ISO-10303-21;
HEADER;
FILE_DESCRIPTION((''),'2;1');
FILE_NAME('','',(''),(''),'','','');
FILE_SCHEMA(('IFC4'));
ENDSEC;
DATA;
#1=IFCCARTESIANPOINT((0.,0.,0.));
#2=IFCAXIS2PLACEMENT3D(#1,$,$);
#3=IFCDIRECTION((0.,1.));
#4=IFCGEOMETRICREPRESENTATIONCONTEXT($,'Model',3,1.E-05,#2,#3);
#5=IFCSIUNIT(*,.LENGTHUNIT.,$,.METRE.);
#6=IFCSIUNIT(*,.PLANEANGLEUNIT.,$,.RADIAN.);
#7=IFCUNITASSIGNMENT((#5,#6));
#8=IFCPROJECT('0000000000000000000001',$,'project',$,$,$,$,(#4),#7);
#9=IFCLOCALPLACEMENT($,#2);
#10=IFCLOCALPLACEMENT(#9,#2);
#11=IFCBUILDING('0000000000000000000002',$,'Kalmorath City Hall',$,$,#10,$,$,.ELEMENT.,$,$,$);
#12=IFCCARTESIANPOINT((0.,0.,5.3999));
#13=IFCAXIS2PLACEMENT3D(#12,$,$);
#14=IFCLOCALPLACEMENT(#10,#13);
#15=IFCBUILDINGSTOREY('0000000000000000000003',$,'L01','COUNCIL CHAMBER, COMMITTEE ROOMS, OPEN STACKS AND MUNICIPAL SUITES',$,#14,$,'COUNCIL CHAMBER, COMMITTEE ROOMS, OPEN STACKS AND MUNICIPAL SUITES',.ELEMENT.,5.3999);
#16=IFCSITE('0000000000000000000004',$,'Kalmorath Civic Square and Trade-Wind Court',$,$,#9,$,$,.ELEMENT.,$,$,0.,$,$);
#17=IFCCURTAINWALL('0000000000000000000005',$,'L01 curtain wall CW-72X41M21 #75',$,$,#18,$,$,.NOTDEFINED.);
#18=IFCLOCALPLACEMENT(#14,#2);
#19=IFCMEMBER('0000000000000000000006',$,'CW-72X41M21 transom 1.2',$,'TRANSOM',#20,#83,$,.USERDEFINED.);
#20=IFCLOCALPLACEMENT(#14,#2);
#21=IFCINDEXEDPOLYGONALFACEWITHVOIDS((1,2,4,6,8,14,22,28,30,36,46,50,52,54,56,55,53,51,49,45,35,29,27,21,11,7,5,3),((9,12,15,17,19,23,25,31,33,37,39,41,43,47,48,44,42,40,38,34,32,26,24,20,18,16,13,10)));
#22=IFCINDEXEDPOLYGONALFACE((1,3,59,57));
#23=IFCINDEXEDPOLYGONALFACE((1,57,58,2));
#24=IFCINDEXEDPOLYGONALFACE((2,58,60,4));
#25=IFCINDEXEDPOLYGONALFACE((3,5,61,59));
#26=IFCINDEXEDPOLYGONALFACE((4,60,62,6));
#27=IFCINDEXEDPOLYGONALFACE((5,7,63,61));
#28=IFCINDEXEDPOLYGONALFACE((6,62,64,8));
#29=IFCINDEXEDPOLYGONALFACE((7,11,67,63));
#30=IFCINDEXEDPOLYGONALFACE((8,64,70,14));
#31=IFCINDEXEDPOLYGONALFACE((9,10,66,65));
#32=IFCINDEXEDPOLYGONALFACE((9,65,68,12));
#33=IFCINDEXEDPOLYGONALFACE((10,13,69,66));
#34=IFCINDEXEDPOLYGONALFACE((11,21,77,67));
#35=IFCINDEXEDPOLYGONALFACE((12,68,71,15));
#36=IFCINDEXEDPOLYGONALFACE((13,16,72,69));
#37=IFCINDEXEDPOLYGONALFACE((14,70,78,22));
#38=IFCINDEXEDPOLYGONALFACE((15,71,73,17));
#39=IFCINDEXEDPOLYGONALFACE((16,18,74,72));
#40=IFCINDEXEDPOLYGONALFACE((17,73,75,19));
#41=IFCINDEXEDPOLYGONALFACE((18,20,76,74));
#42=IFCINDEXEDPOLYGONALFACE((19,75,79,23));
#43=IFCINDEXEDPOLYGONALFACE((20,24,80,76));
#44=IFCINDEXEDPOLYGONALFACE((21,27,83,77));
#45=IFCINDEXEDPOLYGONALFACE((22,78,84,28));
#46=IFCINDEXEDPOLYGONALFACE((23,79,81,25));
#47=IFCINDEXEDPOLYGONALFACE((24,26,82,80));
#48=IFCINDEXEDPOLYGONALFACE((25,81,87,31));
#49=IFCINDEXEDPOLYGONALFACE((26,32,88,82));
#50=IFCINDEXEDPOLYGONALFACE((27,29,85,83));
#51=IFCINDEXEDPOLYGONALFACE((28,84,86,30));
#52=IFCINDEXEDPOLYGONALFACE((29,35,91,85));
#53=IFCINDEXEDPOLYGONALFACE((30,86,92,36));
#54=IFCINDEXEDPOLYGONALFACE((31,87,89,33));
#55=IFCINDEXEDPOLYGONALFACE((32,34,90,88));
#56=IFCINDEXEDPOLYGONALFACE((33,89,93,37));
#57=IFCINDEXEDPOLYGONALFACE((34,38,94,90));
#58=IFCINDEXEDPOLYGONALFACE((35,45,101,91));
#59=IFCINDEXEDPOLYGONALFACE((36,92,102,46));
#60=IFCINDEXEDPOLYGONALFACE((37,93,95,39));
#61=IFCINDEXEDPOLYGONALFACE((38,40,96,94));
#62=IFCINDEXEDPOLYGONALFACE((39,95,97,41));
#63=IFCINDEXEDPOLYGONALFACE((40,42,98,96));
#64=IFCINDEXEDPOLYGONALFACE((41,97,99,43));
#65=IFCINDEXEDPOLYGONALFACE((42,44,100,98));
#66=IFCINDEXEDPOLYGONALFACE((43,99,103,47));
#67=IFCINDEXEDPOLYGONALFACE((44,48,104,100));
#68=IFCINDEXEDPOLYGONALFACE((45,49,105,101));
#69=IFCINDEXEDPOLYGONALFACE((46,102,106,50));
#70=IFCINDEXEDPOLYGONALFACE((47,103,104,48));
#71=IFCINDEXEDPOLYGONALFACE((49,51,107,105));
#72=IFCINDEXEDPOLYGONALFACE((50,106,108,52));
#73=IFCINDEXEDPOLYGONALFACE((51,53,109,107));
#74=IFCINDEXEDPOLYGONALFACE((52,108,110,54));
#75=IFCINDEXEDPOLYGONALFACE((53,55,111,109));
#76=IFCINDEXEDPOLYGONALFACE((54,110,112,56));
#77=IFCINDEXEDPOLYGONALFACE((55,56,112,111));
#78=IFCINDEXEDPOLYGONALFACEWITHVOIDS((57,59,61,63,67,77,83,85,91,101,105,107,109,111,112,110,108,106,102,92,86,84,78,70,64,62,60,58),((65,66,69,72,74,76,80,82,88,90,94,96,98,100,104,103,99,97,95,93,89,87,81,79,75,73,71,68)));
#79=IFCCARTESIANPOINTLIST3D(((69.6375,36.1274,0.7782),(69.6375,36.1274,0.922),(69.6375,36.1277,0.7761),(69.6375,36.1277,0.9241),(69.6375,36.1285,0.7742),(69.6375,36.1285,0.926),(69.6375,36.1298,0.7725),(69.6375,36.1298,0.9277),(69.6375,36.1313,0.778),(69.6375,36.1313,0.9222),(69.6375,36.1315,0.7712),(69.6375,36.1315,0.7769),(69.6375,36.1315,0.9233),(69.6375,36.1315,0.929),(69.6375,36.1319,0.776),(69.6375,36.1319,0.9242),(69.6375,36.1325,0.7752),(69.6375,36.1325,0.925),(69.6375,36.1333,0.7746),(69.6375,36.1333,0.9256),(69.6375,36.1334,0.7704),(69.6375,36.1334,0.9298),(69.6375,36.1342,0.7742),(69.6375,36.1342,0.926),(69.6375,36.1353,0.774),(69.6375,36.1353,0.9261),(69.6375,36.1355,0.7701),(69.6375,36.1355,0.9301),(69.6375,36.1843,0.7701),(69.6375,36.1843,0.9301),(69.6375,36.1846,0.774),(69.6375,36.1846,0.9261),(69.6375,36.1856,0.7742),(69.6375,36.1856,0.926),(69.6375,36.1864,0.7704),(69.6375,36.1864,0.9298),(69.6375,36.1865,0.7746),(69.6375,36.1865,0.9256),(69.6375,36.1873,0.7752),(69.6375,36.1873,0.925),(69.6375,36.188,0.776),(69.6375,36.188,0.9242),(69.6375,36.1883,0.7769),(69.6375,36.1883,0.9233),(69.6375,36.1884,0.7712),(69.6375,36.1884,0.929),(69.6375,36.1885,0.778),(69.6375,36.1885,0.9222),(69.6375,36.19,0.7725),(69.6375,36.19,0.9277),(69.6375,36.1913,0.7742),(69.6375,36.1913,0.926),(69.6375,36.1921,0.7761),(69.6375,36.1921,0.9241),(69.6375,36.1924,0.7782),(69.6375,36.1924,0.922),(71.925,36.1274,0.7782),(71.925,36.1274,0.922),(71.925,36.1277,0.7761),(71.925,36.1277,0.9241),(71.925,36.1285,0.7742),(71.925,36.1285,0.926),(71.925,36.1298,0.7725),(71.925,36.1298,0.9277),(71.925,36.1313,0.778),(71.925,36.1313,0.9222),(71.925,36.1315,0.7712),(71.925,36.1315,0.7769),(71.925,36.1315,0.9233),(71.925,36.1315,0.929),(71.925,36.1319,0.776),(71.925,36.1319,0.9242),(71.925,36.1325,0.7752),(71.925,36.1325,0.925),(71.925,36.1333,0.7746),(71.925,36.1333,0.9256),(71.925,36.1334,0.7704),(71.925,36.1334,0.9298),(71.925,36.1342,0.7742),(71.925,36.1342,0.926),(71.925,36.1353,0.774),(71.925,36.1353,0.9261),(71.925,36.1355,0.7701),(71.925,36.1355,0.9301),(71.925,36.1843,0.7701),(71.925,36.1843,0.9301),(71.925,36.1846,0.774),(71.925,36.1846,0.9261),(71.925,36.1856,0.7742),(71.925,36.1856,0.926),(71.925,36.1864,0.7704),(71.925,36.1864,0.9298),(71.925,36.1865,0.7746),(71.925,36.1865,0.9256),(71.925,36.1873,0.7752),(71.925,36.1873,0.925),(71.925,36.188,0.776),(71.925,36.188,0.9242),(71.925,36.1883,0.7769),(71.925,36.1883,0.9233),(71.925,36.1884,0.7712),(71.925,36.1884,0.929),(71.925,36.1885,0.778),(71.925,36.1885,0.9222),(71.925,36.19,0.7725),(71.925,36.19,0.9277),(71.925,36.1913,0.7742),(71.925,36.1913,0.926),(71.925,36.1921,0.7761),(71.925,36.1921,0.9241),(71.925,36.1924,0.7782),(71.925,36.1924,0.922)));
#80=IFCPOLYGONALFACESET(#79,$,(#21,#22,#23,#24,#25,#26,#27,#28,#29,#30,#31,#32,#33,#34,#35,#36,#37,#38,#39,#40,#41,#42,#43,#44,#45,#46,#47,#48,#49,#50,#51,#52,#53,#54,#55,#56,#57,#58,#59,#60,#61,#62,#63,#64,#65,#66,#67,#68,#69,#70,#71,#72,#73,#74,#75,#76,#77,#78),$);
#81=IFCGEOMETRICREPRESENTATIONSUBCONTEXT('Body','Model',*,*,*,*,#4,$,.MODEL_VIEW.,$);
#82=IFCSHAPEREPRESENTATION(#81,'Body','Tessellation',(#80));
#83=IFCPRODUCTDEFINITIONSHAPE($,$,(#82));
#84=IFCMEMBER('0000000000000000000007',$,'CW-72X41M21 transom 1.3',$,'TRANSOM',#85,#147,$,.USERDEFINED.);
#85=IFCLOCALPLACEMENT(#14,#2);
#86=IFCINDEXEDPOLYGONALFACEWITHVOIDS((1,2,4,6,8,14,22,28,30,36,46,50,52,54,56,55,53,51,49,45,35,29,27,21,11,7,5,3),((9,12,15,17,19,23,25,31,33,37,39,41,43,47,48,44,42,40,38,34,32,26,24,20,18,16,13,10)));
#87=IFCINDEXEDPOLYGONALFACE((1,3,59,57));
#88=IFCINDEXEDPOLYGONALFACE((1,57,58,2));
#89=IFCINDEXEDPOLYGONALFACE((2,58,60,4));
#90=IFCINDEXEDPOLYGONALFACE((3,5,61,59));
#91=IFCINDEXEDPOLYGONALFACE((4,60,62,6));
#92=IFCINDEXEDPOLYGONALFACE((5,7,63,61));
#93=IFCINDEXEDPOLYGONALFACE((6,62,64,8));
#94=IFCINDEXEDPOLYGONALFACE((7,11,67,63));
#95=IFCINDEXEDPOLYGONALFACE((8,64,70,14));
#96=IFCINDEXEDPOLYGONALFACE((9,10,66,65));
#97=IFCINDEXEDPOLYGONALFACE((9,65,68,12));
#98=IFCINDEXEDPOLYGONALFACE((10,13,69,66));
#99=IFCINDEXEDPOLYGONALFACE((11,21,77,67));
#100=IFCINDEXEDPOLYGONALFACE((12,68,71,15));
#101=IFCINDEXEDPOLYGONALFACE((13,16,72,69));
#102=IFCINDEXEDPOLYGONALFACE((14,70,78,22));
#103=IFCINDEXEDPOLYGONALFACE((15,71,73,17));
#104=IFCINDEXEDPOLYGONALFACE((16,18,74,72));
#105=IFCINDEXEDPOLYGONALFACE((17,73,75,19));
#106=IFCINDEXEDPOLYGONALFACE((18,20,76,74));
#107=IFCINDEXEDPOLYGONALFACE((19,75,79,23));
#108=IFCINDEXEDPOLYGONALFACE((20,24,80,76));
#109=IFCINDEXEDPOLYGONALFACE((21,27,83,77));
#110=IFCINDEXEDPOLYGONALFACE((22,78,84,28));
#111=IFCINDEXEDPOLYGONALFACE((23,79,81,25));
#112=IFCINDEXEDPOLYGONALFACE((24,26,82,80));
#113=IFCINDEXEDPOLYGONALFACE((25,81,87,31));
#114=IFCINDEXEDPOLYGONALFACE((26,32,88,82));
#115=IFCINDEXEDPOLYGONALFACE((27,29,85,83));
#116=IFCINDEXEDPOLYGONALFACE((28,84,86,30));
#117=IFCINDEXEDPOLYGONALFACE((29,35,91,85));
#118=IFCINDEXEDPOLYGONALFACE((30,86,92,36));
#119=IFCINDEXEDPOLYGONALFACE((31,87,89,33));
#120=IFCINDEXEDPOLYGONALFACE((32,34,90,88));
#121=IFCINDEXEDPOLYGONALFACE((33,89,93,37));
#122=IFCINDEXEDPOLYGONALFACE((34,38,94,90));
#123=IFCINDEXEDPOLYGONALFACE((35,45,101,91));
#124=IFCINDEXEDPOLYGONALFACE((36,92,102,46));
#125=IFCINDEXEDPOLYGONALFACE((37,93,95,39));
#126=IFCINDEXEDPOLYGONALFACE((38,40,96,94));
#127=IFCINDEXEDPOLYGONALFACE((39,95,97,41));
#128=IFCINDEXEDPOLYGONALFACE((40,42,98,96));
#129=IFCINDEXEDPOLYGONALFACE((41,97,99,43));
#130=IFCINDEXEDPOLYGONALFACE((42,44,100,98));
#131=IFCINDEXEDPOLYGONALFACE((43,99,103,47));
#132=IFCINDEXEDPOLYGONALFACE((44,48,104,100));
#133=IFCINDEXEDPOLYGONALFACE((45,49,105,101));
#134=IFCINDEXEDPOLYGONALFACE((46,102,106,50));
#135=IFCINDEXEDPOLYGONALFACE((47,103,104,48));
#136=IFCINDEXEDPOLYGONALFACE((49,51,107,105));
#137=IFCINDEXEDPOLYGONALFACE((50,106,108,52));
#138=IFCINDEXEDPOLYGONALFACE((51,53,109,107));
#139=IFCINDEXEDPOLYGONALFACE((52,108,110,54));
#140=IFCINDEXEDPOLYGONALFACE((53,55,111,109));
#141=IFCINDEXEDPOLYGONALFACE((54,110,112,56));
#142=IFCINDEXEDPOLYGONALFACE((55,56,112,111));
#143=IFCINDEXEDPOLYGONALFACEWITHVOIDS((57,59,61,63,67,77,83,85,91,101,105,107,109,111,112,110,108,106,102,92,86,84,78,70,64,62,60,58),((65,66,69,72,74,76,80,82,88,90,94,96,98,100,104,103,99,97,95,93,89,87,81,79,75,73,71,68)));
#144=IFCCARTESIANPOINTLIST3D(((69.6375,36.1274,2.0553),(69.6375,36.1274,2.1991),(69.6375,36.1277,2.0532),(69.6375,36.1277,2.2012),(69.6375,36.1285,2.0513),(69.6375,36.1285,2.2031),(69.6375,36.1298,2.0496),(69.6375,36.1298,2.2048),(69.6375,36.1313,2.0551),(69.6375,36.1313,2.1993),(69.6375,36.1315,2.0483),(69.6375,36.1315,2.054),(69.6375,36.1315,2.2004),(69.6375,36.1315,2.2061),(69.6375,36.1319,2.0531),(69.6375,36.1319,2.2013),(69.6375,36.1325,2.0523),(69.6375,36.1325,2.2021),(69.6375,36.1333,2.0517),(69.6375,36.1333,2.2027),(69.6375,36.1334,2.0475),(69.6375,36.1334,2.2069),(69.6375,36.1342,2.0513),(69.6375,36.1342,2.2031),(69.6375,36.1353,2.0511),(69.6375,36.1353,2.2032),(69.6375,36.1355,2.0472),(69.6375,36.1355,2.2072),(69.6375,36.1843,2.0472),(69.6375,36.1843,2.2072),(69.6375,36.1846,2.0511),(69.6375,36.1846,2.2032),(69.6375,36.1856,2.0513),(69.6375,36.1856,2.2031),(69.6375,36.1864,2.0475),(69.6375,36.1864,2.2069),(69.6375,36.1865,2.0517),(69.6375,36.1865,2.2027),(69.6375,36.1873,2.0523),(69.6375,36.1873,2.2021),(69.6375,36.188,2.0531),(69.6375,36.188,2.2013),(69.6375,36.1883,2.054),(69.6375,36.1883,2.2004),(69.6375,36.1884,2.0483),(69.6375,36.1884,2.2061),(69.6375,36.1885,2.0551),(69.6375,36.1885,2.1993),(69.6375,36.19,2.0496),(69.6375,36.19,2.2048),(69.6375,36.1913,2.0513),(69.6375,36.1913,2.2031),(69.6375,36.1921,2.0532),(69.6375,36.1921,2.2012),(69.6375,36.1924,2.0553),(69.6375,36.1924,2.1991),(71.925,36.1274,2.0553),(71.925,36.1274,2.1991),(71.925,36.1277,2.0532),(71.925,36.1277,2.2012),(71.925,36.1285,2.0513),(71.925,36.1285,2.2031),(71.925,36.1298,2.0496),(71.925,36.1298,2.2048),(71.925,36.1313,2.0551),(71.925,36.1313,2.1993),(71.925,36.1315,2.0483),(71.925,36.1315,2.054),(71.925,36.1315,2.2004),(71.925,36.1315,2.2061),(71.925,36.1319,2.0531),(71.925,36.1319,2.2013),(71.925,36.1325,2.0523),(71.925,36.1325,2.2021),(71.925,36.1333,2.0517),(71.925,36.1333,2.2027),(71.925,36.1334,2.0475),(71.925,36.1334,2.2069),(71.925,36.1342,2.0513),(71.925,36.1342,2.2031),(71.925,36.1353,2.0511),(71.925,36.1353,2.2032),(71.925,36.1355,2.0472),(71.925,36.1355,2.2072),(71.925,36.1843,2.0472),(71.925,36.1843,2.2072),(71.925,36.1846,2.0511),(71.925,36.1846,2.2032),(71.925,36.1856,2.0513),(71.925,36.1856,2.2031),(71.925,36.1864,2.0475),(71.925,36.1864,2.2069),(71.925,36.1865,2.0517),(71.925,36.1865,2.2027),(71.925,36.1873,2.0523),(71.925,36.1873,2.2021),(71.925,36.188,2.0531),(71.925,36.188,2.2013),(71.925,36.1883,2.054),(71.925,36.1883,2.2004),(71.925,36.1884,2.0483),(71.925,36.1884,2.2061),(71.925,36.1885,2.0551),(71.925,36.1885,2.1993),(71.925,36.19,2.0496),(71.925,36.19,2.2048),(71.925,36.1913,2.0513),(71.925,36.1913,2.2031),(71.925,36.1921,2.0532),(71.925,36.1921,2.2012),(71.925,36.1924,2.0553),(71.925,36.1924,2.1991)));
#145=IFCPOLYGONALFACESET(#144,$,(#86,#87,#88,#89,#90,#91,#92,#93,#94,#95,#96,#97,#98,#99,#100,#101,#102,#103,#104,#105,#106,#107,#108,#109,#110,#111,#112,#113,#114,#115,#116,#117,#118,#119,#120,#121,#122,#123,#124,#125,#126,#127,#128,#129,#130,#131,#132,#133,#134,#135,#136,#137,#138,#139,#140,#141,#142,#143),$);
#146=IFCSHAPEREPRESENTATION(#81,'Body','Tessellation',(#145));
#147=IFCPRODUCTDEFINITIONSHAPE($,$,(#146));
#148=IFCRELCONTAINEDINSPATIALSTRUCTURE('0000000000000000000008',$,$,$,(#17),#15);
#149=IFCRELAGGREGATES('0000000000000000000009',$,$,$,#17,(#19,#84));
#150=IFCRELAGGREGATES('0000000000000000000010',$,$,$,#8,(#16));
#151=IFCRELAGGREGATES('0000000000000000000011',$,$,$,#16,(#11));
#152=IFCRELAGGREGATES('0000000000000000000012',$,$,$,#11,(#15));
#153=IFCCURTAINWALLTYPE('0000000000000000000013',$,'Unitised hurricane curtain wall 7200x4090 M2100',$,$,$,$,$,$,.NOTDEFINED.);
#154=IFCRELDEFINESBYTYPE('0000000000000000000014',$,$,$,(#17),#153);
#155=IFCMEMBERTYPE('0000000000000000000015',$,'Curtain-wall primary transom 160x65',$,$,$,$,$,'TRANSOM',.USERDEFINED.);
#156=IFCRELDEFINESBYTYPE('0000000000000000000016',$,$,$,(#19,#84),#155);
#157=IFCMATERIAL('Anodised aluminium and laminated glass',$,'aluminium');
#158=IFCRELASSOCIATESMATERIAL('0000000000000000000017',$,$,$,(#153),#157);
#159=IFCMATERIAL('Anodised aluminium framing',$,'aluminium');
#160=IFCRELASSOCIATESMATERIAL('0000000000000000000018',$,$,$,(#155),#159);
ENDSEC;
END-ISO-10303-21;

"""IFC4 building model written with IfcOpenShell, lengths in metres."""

from ifc_helpers import new_model, si_unit, direction, frame, origin, origin_2d, place, context, subcontext, project, spatial, hollow_rectangle, extrude, material, material_profile, profile_set, type_object, element, aggregate, save


model = new_model("IFC4")

# Units and contexts
model_context = context("Model", 3, precision=1e-05, world=origin(), true_north=direction((0.0, 1.0)))
body_context = subcontext(model_context, "Body", "Model", "MODEL_VIEW")
ifc_project = project(units=[si_unit("LENGTHUNIT", "METRE"), si_unit("PLANEANGLEUNIT", "RADIAN")], contexts=[model_context])

# Site, building, storey
site_placement = place(None, origin())
site = spatial("IfcSite", under=ifc_project, at=site_placement, Name="Kalmorath Civic Square and Trade-Wind Court", CompositionType="ELEMENT", RefElevation=0.0)
building_placement = place(site_placement, origin())
building = spatial("IfcBuilding", under=site, at=building_placement, Name="Kalmorath City Hall", CompositionType="ELEMENT")
storey_placement = place(building_placement, frame((0.0, 0.0, 5.3999)))
storey = spatial("IfcBuildingStorey", under=building, at=storey_placement, Name="L01", Description="COUNCIL CHAMBER, COMMITTEE ROOMS, OPEN STACKS AND MUNICIPAL SUITES", LongName="COUNCIL CHAMBER, COMMITTEE ROOMS, OPEN STACKS AND MUNICIPAL SUITES", CompositionType="ELEMENT", Elevation=5.3999)

# Curtain wall
ifc_material_1 = material(Name="Anodised aluminium and laminated glass", Category="aluminium")
curtain_wall_type_1 = type_object("IfcCurtainWallType", Name="Unitised hurricane curtain wall 7200x4090 M2100", PredefinedType="NOTDEFINED", material=ifc_material_1)
curtain_wall_1_placement = place(storey_placement, origin())
curtain_wall_1 = element("IfcCurtainWall", 1, at=curtain_wall_1_placement, inside=storey, type_object=curtain_wall_type_1, Name="L01 curtain wall CW-72X41M21 #75", PredefinedType="NOTDEFINED")

# Members
ifc_material_2 = material(Name="Anodised aluminium framing", Category="aluminium")
ifc_material_profile_1 = material_profile(ifc_material_2, hollow_rectangle(XDim=0.0649, YDim=0.1599, WallThickness=0.0039, InnerFilletRadius=0.0039, OuterFilletRadius=0.0081, at=origin_2d()), Name="ALU-TRN-160X65X4")
ifc_profile_set_1 = profile_set([ifc_material_profile_1], Name="Anodised aluminium framing")
member_type_1 = type_object("IfcMemberType", Name="Curtain-wall primary transom 160x65", ElementType="TRANSOM", PredefinedType="USERDEFINED", material=ifc_profile_set_1)
member_1_placement = place(storey_placement, frame((71.925, 36.1599, 0.8501), z_axis=(-1.0, 0.0, 0.0), x_axis=(0.0, -1.0, 0.0)))
member_1 = element("IfcMember", 2, at=member_1_placement, type_object=member_type_1, Name="CW-72X41M21 transom 1.2", ObjectType="TRANSOM", PredefinedType="USERDEFINED", context=body_context, shape_type="SweptSolid", body=[
    extrude(hollow_rectangle(XDim=0.0649, YDim=0.1599, WallThickness=0.0039, InnerFilletRadius=0.0039, OuterFilletRadius=0.0081, at=origin_2d()), origin(), (0.0, 0.0, 1.0), 2.2876),
])
member_2_placement = place(storey_placement, frame((71.925, 36.1599, 2.1272), z_axis=(-1.0, 0.0, 0.0), x_axis=(0.0, -1.0, 0.0)))
member_2 = element("IfcMember", 3, at=member_2_placement, type_object=member_type_1, Name="CW-72X41M21 transom 1.3", ObjectType="TRANSOM", PredefinedType="USERDEFINED", context=body_context, shape_type="SweptSolid", body=[
    extrude(hollow_rectangle(XDim=0.0649, YDim=0.1599, WallThickness=0.0039, InnerFilletRadius=0.0039, OuterFilletRadius=0.0081, at=origin_2d()), origin(), (0.0, 0.0, 1.0), 2.2876),
])

aggregate(curtain_wall_1, [member_1, member_2])

save(model, "model.ifc")
